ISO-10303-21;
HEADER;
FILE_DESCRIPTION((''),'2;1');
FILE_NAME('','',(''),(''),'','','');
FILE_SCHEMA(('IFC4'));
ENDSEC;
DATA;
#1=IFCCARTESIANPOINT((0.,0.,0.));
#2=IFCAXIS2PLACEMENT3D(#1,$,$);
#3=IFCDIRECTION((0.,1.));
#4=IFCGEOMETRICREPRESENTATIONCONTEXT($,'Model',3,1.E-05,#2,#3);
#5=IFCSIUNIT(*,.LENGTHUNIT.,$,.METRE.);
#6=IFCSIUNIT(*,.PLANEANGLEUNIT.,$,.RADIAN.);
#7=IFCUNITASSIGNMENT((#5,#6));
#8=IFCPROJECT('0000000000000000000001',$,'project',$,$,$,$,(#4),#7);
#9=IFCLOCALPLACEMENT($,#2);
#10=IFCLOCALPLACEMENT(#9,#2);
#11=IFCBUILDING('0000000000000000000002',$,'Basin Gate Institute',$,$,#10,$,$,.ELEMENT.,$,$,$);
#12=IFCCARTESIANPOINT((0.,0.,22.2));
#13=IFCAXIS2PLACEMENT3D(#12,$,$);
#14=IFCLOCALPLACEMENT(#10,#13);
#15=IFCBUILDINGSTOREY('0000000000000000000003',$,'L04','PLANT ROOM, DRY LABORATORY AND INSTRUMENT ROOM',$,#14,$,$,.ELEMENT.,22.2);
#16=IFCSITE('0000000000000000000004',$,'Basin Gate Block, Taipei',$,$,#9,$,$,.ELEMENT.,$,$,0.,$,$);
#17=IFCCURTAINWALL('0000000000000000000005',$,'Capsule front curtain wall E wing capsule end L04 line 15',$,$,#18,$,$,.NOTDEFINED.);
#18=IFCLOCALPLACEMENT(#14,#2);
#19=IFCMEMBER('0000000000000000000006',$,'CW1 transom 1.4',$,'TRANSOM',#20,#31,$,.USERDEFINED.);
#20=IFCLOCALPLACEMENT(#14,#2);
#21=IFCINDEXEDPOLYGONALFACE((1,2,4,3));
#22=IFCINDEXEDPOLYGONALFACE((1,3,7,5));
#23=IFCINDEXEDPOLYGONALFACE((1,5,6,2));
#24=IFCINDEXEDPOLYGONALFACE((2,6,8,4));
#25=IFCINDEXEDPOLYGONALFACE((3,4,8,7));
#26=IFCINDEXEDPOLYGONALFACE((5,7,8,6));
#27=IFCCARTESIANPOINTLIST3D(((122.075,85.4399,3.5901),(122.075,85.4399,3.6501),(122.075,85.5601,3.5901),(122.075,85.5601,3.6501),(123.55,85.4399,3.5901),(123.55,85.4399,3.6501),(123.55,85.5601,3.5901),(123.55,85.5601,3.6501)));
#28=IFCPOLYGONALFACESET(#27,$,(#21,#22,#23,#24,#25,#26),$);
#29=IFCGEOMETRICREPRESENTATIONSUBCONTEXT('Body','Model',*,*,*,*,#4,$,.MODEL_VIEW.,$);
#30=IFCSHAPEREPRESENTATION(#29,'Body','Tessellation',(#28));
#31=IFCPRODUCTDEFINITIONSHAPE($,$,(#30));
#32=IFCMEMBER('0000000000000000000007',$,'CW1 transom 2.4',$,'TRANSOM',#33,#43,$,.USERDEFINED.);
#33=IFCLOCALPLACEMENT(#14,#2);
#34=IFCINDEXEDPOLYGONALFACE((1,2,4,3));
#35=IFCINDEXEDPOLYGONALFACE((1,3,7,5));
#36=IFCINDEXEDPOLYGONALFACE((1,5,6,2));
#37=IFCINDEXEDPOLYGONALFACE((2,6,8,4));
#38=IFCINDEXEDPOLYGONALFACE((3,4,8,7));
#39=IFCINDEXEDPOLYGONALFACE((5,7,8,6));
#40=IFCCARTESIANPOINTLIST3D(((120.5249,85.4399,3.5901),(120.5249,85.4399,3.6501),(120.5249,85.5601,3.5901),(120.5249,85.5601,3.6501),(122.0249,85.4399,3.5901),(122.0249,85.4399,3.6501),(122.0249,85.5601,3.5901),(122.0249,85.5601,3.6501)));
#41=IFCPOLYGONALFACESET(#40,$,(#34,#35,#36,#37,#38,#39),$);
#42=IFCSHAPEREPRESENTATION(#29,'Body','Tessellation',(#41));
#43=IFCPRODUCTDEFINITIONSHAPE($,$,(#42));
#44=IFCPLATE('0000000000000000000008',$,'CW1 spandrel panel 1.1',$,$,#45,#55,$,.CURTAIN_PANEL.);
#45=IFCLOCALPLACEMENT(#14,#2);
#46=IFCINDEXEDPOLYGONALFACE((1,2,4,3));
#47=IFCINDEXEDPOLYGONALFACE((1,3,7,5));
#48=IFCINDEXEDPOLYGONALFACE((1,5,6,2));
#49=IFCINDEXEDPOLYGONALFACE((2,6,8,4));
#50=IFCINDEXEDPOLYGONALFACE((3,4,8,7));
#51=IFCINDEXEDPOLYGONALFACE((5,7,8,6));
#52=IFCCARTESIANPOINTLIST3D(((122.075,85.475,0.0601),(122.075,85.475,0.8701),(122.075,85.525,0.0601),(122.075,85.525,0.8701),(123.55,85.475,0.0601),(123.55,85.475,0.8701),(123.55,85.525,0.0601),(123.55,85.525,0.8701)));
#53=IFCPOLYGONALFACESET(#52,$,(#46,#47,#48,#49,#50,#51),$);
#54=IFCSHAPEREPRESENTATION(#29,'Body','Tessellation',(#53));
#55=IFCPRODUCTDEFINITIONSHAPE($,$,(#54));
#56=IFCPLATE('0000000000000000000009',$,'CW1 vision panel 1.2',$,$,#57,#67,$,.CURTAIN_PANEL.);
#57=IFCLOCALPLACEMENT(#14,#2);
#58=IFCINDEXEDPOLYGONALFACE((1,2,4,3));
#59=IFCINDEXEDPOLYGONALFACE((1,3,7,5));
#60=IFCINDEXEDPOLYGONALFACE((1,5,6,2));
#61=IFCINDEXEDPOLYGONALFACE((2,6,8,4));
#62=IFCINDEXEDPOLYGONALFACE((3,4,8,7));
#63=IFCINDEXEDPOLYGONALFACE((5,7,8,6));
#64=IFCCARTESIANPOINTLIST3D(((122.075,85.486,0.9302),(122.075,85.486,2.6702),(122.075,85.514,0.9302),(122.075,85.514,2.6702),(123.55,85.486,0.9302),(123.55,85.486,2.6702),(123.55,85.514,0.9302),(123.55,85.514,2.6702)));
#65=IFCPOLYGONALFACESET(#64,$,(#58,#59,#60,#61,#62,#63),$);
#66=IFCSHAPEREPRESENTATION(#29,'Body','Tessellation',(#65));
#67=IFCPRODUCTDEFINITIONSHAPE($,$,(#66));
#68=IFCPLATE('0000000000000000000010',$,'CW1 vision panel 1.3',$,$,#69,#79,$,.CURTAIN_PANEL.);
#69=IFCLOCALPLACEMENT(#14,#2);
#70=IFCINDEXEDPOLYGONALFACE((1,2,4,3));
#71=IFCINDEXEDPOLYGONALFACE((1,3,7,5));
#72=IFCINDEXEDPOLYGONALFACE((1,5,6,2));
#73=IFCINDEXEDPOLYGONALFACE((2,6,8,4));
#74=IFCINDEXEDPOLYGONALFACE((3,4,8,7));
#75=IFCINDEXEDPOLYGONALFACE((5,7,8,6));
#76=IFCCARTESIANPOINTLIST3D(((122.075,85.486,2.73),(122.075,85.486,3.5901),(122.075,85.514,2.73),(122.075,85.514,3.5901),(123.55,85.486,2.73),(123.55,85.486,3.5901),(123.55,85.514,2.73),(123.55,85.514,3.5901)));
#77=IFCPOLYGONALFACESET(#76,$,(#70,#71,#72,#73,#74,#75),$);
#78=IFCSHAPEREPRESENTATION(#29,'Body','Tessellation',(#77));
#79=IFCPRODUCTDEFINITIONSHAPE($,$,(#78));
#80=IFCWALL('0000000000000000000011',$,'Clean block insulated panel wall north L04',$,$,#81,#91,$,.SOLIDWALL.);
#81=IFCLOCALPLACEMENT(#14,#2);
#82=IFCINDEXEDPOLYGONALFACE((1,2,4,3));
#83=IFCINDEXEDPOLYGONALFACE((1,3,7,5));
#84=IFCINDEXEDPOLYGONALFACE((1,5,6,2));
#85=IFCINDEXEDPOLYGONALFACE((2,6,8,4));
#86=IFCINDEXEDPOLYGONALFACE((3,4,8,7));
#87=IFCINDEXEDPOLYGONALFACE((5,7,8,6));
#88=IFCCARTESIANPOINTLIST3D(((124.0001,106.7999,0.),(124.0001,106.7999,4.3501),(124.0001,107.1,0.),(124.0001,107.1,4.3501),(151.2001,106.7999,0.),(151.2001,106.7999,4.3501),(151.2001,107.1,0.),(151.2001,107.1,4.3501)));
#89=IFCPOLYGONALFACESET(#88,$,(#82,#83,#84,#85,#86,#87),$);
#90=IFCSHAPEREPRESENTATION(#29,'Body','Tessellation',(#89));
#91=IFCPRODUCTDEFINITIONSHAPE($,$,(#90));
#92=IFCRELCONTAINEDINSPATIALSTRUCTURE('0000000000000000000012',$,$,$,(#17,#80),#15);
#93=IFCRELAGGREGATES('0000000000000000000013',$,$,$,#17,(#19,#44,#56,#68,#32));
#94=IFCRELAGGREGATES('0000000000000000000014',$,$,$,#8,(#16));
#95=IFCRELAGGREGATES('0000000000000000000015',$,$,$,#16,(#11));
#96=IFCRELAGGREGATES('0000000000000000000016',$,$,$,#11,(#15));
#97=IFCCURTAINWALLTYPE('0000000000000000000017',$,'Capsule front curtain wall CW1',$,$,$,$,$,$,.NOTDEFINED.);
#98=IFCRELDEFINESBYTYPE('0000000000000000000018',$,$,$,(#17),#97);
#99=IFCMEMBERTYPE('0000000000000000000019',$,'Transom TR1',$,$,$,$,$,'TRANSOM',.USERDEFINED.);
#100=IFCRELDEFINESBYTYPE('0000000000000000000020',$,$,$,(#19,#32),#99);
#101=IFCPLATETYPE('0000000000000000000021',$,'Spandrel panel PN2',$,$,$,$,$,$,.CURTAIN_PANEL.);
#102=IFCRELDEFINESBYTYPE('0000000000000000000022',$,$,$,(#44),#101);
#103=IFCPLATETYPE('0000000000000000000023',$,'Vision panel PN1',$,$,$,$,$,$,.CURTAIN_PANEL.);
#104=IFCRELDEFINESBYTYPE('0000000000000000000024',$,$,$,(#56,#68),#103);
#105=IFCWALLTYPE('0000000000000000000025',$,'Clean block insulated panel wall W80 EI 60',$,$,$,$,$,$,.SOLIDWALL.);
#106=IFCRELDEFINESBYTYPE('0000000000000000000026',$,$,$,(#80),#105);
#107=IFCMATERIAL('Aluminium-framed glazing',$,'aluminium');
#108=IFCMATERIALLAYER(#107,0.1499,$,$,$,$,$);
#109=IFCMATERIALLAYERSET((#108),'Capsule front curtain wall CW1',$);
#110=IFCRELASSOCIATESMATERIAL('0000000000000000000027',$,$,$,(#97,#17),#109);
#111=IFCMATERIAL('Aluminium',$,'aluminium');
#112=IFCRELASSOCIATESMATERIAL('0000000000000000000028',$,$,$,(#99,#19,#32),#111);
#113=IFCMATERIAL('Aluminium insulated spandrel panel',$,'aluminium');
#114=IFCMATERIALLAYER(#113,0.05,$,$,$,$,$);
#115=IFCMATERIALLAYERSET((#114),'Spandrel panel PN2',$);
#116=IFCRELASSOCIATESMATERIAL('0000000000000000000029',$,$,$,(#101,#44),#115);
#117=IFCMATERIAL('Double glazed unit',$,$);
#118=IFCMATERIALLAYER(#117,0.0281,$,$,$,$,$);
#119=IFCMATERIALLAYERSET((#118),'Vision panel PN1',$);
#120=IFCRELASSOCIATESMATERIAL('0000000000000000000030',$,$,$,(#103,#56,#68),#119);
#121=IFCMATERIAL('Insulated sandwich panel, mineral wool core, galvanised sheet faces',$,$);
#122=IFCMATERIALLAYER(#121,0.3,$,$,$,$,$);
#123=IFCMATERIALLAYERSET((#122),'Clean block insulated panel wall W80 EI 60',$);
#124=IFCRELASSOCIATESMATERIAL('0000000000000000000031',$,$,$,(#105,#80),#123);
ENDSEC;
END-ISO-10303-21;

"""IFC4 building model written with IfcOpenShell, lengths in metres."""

from ifc_helpers import new_model, si_unit, direction, frame, frame_2d, origin, origin_2d, place, context, subcontext, project, spatial, rectangle, extrude, material, layer, layer_set, material_profile, profile_set, type_object, element, aggregate, save


model = new_model("IFC4")

# Units and contexts
model_context = context("Model", 3, precision=1e-05, world=origin(), true_north=direction((0.0, 1.0)))
body_context = subcontext(model_context, "Body", "Model", "MODEL_VIEW")
ifc_project = project(units=[si_unit("LENGTHUNIT", "METRE"), si_unit("PLANEANGLEUNIT", "RADIAN")], contexts=[model_context])

# Site, building, storey
site_placement = place(None, origin())
site = spatial("IfcSite", under=ifc_project, at=site_placement, Name="Basin Gate Block, Taipei", CompositionType="ELEMENT", RefElevation=0.0)
building_placement = place(site_placement, origin())
building = spatial("IfcBuilding", under=site, at=building_placement, Name="Basin Gate Institute", CompositionType="ELEMENT")
storey_placement = place(building_placement, frame((0.0, 0.0, 22.2)))
storey = spatial("IfcBuildingStorey", under=building, at=storey_placement, Name="L04", Description="PLANT ROOM, DRY LABORATORY AND INSTRUMENT ROOM", CompositionType="ELEMENT", Elevation=22.2)

# Curtain wall
ifc_material_1 = material(Name="Aluminium-framed glazing", Category="aluminium")
ifc_layer_1 = layer(ifc_material_1, 0.1499)
ifc_layer_set_1 = layer_set([ifc_layer_1], Name="Capsule front curtain wall CW1")
curtain_wall_type = type_object("IfcCurtainWallType", Name="Capsule front curtain wall CW1", PredefinedType="NOTDEFINED", material=ifc_layer_set_1)
curtain_wall_1_placement = place(storey_placement, origin())
curtain_wall_1 = element("IfcCurtainWall", 1, at=curtain_wall_1_placement, inside=storey, type_object=curtain_wall_type, material=ifc_layer_set_1, Name="Capsule front curtain wall E wing capsule end L04 line 15", PredefinedType="NOTDEFINED")

# Members
ifc_material_2 = material(Name="Aluminium", Category="aluminium")
ifc_material_profile_1 = material_profile(ifc_material_2, rectangle(XDim=0.1201, YDim=0.0601, at=origin_2d()), Name="Transom TR1 120 x 60")
ifc_profile_set_1 = profile_set([ifc_material_profile_1], Name="Aluminium")
member_type_1 = type_object("IfcMemberType", Name="Transom TR1", ElementType="TRANSOM", PredefinedType="USERDEFINED", material=ifc_profile_set_1)
member_1_placement = place(storey_placement, frame((123.55, 85.5, 3.6201), z_axis=(-1.0, 0.0, 0.0), x_axis=(0.0, -1.0, 0.0)))
member_1 = element("IfcMember", 2, at=member_1_placement, type_object=member_type_1, material=ifc_profile_set_1, Name="CW1 transom 1.4", ObjectType="TRANSOM", PredefinedType="USERDEFINED", context=body_context, shape_type="SweptSolid", body=[
    extrude(rectangle(XDim=0.1201, YDim=0.0601, at=origin_2d()), origin(), (0.0, 0.0, 1.0), 1.4751),
])
member_2_placement = place(storey_placement, frame((122.0249, 85.5, 3.6201), z_axis=(-1.0, 0.0, 0.0), x_axis=(0.0, -1.0, 0.0)))
member_2 = element("IfcMember", 3, at=member_2_placement, type_object=member_type_1, material=ifc_profile_set_1, Name="CW1 transom 2.4", ObjectType="TRANSOM", PredefinedType="USERDEFINED", context=body_context, shape_type="SweptSolid", body=[
    extrude(rectangle(XDim=0.1201, YDim=0.0601, at=origin_2d()), origin(), (0.0, 0.0, 1.0), 1.5),
])

# Plates
ifc_material_3 = material(Name="Aluminium insulated spandrel panel", Category="aluminium")
ifc_layer_2 = layer(ifc_material_3, 0.05)
ifc_layer_set_2 = layer_set([ifc_layer_2], Name="Spandrel panel PN2")
plate_type_1 = type_object("IfcPlateType", Name="Spandrel panel PN2", PredefinedType="CURTAIN_PANEL", material=ifc_layer_set_2)
plate_1_placement = place(storey_placement, frame((122.8125, 85.5, 0.0601), z_axis=(0.0, 0.0, 1.0), x_axis=(-1.0, 0.0, 0.0)))
plate_1 = element("IfcPlate", 4, at=plate_1_placement, type_object=plate_type_1, material=ifc_layer_set_2, Name="CW1 spandrel panel 1.1", PredefinedType="CURTAIN_PANEL", context=body_context, shape_type="SweptSolid", body=[
    extrude(rectangle(XDim=1.4751, YDim=0.05, at=origin_2d()), origin(), (0.0, 0.0, 1.0), 0.8101),
])
ifc_material_4 = material(Name="Double glazed unit")
ifc_layer_3 = layer(ifc_material_4, 0.0281)
ifc_layer_set_3 = layer_set([ifc_layer_3], Name="Vision panel PN1")
plate_type_2 = type_object("IfcPlateType", Name="Vision panel PN1", PredefinedType="CURTAIN_PANEL", material=ifc_layer_set_3)
plate_2_placement = place(storey_placement, frame((122.8125, 85.5, 0.9302), z_axis=(0.0, 0.0, 1.0), x_axis=(-1.0, 0.0, 0.0)))
plate_2 = element("IfcPlate", 5, at=plate_2_placement, type_object=plate_type_2, material=ifc_layer_set_3, Name="CW1 vision panel 1.2", PredefinedType="CURTAIN_PANEL", context=body_context, shape_type="SweptSolid", body=[
    extrude(rectangle(XDim=1.4751, YDim=0.0281, at=origin_2d()), origin(), (0.0, 0.0, 1.0), 1.74),
])
plate_3_placement = place(storey_placement, frame((122.8125, 85.5, 2.73), z_axis=(0.0, 0.0, 1.0), x_axis=(-1.0, 0.0, 0.0)))
plate_3 = element("IfcPlate", 6, at=plate_3_placement, type_object=plate_type_2, material=ifc_layer_set_3, Name="CW1 vision panel 1.3", PredefinedType="CURTAIN_PANEL", context=body_context, shape_type="SweptSolid", body=[
    extrude(rectangle(XDim=1.4751, YDim=0.0281, at=origin_2d()), origin(), (0.0, 0.0, 1.0), 0.8601),
])
aggregate(curtain_wall_1, [member_1, plate_1, plate_2, plate_3, member_2])

# Wall
ifc_material_5 = material(Name="Insulated sandwich panel, mineral wool core, galvanised sheet faces")
ifc_layer_4 = layer(ifc_material_5, 0.3)
ifc_layer_set_4 = layer_set([ifc_layer_4], Name="Clean block insulated panel wall W80 EI 60")
wall_type = type_object("IfcWallType", Name="Clean block insulated panel wall W80 EI 60", PredefinedType="SOLIDWALL", material=ifc_layer_set_4)
wall_placement = place(storey_placement, frame((124.0, 106.95, 0.0), z_axis=(0.0, 0.0, 1.0), x_axis=(1.0, 0.0, 0.0)))
element("IfcWall", 7, at=wall_placement, inside=storey, type_object=wall_type, material=ifc_layer_set_4, Name="Clean block insulated panel wall north L04", PredefinedType="SOLIDWALL", context=body_context, shape_type="SweptSolid", body=[
    extrude(rectangle(XDim=27.2, YDim=0.3, at=frame_2d((13.6001, 0.0))), origin(), (0.0, 0.0, 1.0), 4.3501),
])

save(model, "model.ifc")
